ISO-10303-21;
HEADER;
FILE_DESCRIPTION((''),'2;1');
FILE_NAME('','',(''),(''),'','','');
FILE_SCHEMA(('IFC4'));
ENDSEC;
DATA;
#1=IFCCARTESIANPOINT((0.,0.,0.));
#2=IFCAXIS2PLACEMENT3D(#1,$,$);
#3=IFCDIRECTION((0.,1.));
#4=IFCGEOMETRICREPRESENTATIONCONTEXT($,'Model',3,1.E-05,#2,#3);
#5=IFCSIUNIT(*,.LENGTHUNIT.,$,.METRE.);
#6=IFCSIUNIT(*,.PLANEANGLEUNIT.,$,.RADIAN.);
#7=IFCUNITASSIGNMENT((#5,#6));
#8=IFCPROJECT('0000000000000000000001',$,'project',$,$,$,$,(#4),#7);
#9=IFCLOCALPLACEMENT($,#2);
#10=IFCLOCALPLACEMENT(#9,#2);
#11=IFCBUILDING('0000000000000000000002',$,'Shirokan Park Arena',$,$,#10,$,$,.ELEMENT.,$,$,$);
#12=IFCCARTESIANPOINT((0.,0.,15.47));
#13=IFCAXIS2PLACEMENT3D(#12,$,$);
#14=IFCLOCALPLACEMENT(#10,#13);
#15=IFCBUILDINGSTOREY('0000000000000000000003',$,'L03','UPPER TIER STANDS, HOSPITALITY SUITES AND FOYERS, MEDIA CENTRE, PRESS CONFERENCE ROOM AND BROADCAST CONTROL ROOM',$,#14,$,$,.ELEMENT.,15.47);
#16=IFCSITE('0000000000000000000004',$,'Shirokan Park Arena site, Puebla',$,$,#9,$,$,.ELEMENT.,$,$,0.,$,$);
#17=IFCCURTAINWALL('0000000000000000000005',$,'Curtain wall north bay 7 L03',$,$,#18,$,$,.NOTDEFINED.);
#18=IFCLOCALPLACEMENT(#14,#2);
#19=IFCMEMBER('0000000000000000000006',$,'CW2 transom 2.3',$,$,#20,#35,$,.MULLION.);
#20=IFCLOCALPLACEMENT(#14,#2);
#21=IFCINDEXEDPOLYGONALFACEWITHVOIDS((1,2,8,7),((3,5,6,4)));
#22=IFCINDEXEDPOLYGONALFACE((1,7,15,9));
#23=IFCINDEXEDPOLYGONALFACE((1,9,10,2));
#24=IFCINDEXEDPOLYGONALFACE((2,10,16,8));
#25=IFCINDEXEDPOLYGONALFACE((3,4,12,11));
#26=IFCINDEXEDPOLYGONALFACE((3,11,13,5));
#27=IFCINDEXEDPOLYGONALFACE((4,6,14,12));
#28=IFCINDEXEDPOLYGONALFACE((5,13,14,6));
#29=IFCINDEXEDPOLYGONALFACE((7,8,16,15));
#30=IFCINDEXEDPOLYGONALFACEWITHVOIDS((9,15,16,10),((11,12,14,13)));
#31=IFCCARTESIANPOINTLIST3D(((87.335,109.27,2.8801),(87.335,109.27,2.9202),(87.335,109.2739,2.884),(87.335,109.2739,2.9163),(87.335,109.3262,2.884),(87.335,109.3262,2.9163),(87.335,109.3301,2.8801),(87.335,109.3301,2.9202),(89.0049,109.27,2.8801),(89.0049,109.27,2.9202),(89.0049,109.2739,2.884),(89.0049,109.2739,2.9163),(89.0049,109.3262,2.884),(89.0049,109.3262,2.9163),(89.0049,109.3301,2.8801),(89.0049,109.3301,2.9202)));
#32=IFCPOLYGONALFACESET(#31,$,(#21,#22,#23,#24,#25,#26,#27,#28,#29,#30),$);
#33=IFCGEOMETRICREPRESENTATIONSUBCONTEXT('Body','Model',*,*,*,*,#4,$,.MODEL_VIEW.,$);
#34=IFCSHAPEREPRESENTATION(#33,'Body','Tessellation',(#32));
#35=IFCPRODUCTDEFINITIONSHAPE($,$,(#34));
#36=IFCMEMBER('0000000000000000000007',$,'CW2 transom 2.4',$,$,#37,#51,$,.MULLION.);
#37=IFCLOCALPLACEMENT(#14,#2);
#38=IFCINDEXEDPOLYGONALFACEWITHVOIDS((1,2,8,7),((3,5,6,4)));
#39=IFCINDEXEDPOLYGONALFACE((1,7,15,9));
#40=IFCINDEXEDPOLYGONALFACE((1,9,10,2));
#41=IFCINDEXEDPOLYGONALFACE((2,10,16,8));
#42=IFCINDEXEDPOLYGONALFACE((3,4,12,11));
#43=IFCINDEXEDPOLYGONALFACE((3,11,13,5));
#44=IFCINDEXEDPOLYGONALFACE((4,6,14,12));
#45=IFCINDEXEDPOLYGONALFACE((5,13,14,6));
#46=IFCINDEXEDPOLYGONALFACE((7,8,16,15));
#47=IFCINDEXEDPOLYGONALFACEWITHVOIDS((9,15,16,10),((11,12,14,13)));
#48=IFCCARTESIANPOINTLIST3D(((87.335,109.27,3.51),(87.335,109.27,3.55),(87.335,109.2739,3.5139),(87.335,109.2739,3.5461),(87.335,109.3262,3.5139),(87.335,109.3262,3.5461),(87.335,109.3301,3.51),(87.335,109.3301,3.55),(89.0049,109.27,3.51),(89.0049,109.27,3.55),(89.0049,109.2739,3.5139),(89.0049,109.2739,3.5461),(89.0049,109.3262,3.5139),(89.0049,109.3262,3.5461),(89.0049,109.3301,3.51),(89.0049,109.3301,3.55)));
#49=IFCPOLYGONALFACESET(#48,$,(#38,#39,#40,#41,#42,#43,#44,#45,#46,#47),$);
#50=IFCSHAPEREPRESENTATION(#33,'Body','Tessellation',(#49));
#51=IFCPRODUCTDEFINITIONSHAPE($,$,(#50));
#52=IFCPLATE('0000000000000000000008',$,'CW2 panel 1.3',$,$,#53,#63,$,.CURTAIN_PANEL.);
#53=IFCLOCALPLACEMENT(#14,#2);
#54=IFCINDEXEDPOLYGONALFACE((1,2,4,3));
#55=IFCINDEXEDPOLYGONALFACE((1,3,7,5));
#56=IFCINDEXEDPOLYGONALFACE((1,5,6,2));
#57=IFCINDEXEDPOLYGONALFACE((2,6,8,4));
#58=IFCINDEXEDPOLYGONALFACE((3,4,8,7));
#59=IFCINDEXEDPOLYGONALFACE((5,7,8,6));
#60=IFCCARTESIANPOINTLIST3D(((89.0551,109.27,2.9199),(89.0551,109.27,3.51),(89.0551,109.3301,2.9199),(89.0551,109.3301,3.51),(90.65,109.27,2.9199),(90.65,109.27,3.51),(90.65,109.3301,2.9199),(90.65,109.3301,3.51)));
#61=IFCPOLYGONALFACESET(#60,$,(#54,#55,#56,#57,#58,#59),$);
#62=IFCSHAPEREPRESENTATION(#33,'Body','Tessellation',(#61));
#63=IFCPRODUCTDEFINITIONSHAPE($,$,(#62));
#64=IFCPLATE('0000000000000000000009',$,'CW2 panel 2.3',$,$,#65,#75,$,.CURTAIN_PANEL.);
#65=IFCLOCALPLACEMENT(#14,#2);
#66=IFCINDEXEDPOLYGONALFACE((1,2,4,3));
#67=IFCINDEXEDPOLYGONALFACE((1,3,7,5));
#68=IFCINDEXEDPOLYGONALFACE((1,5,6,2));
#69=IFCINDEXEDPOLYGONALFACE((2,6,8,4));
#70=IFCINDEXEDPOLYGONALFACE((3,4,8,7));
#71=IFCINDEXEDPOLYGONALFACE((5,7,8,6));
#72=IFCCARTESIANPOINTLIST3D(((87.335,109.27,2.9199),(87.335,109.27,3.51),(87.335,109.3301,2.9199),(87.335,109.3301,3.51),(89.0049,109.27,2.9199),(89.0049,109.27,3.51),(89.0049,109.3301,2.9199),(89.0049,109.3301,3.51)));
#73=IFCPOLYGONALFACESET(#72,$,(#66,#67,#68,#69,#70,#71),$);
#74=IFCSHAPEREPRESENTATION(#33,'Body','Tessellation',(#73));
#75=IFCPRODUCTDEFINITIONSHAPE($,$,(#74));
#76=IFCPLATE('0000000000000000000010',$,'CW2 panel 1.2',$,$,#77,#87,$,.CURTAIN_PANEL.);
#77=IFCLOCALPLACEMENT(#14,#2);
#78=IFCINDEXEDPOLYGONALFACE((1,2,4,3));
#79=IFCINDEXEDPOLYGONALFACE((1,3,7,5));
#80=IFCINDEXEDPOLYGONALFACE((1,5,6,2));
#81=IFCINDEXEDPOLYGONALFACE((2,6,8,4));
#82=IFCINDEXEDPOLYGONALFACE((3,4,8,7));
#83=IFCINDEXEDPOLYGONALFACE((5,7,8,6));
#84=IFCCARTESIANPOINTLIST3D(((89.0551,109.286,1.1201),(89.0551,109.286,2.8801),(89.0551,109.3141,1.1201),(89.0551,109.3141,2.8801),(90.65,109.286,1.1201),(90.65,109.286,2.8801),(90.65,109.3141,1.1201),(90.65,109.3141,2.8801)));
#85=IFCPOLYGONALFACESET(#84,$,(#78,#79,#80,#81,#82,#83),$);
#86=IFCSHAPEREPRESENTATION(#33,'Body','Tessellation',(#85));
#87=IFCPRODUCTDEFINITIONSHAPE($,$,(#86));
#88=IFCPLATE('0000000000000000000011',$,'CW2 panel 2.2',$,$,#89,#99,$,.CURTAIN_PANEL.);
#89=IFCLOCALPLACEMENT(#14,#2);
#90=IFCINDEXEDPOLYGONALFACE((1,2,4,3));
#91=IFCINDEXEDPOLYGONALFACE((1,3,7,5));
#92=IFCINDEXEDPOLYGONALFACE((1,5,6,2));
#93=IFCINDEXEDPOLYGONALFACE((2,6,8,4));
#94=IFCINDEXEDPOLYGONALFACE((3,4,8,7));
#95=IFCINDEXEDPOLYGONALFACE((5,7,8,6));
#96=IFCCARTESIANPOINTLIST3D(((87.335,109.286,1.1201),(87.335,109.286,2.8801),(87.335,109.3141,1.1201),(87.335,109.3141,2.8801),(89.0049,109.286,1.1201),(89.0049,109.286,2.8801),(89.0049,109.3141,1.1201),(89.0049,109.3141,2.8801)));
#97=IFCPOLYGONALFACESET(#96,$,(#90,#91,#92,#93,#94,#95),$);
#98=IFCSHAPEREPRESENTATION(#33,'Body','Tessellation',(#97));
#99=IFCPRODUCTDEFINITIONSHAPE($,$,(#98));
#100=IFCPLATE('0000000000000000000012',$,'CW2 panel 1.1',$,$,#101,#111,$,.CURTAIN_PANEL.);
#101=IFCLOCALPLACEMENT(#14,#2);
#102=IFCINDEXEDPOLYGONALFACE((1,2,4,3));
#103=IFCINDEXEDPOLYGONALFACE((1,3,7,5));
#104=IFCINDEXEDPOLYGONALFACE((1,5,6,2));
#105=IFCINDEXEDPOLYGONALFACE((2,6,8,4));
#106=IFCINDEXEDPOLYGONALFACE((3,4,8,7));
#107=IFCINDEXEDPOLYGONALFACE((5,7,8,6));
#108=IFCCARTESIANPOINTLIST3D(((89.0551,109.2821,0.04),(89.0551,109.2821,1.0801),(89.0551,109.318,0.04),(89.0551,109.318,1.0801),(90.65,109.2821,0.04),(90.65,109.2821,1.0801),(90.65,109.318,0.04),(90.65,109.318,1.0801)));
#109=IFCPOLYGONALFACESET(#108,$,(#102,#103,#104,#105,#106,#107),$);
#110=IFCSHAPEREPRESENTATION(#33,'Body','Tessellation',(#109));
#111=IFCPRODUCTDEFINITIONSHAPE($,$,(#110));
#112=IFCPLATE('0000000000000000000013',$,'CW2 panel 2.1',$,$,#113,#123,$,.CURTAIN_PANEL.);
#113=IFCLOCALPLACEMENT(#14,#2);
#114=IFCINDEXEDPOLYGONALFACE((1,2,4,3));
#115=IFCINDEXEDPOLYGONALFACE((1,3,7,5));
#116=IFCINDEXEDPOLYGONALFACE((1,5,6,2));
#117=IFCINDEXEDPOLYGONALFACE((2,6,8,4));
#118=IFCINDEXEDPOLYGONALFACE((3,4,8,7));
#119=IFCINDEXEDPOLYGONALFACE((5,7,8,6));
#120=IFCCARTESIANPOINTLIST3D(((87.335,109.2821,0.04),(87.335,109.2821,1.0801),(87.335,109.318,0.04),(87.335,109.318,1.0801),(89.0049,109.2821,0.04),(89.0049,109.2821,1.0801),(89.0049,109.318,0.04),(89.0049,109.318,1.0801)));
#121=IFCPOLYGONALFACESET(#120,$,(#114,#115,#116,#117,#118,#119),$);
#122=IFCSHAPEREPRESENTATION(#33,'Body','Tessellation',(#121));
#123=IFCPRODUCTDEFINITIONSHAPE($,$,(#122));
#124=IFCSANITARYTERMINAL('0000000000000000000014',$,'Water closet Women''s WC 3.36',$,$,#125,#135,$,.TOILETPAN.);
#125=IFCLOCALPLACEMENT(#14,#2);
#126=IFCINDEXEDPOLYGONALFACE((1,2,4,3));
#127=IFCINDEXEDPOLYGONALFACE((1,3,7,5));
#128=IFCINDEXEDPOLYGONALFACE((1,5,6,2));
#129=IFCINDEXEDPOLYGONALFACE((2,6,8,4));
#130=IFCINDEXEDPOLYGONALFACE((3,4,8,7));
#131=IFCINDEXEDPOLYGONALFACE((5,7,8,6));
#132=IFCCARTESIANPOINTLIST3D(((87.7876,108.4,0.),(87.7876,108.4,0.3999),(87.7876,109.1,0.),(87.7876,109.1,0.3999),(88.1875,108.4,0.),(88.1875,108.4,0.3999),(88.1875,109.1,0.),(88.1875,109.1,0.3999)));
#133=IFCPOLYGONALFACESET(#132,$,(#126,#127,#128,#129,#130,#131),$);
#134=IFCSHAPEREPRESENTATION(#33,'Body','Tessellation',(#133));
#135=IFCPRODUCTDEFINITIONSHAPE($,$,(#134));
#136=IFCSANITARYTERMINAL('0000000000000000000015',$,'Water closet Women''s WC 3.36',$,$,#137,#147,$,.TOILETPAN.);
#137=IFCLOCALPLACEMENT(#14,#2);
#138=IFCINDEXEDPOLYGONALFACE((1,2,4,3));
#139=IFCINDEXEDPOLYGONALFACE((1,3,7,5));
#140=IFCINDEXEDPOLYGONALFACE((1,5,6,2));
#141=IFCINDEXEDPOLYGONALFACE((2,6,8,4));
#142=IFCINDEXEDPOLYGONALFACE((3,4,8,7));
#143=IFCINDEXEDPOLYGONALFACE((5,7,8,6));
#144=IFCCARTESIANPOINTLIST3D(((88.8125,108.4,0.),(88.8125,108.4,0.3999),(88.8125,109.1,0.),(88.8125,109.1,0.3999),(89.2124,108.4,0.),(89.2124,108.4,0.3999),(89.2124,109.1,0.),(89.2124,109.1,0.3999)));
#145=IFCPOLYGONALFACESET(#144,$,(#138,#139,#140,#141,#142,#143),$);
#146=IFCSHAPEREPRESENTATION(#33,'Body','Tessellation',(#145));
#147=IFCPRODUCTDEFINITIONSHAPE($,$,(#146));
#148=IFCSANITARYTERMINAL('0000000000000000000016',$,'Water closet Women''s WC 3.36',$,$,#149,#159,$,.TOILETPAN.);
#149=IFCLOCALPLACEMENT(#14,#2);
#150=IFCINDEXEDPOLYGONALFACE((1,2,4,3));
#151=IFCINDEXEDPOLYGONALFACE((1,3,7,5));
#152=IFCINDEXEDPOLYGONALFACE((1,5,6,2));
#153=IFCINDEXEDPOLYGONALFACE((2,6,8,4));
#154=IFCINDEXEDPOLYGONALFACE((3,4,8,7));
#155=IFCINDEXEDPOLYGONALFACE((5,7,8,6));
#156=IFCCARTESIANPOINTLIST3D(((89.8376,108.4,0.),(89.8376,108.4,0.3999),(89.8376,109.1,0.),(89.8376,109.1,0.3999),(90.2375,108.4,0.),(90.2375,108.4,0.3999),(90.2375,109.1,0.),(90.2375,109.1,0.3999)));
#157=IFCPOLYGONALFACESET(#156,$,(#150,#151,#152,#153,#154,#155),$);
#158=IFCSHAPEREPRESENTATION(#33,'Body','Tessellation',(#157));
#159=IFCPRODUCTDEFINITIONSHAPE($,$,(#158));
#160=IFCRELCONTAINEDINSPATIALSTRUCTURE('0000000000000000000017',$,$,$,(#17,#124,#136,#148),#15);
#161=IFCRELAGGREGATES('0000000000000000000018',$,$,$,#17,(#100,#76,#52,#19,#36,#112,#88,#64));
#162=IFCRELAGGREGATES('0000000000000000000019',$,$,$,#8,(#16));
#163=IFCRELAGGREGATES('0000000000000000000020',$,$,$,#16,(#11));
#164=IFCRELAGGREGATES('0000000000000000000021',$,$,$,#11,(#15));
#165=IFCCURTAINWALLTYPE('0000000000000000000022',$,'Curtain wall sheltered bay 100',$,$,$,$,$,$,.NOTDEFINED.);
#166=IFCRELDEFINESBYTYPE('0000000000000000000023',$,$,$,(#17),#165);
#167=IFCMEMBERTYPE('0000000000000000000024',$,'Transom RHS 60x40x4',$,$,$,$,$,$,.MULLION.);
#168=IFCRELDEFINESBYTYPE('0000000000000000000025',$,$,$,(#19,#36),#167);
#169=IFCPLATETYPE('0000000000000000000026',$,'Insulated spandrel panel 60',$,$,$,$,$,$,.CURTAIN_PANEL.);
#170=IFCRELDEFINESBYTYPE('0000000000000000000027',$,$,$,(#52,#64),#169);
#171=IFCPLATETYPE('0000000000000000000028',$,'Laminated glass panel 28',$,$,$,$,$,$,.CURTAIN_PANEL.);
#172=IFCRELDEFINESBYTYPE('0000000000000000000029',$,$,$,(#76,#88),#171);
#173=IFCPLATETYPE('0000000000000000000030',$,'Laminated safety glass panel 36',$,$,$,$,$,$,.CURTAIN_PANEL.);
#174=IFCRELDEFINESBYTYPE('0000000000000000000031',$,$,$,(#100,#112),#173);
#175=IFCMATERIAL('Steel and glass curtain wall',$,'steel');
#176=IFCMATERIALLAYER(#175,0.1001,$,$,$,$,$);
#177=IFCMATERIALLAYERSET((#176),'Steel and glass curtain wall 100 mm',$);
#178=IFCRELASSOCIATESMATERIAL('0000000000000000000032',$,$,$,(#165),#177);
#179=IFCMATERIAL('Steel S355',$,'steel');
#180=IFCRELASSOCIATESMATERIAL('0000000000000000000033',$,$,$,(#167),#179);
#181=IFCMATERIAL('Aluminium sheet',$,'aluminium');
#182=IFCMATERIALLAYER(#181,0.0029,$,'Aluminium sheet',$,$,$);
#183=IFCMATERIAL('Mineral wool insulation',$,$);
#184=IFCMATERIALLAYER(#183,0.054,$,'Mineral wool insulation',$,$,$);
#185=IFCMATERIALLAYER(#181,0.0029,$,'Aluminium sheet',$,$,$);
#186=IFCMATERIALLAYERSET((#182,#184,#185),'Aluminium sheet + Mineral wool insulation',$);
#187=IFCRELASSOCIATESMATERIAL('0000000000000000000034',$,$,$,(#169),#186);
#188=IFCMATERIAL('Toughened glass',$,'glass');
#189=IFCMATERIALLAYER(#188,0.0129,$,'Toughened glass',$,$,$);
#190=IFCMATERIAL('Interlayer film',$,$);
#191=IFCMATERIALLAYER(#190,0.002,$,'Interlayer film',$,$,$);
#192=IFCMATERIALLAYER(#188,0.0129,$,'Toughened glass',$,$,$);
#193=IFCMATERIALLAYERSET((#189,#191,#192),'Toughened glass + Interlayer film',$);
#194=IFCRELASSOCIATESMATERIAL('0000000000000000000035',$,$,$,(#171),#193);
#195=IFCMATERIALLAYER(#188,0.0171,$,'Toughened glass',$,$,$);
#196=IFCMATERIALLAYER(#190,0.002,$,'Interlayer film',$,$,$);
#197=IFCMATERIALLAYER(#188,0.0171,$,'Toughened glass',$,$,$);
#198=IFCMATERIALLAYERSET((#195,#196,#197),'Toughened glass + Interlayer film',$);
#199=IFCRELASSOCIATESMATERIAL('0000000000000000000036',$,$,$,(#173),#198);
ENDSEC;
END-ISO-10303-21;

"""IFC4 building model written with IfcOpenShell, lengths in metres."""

from ifc_helpers import new_model, si_unit, direction, frame, origin, origin_2d, place, context, subcontext, project, spatial, rectangle, hollow_rectangle, extrude, material, layer, layer_set, material_profile, profile_set, type_object, element, aggregate, save


model = new_model("IFC4")

# Units and contexts
model_context = context("Model", 3, precision=1e-05, world=origin(), true_north=direction((0.0, 1.0)))
body_context = subcontext(model_context, "Body", "Model", "MODEL_VIEW")
ifc_project = project(units=[si_unit("LENGTHUNIT", "METRE"), si_unit("PLANEANGLEUNIT", "RADIAN")], contexts=[model_context])

# Site, building, storey
site_placement = place(None, origin())
site = spatial("IfcSite", under=ifc_project, at=site_placement, Name="Shirokan Park Arena site, Puebla", CompositionType="ELEMENT", RefElevation=0.0)
building_placement = place(site_placement, origin())
building = spatial("IfcBuilding", under=site, at=building_placement, Name="Shirokan Park Arena", CompositionType="ELEMENT")
storey_placement = place(building_placement, frame((0.0, 0.0, 15.47)))
storey = spatial("IfcBuildingStorey", under=building, at=storey_placement, Name="L03", Description="UPPER TIER STANDS, HOSPITALITY SUITES AND FOYERS, MEDIA CENTRE, PRESS CONFERENCE ROOM AND BROADCAST CONTROL ROOM", CompositionType="ELEMENT", Elevation=15.47)

# Curtain wall
ifc_material_1 = material(Name="Steel and glass curtain wall", Category="steel")
ifc_layer_1 = layer(ifc_material_1, 0.1001)
ifc_layer_set_1 = layer_set([ifc_layer_1], Name="Steel and glass curtain wall 100 mm")
curtain_wall_type = type_object("IfcCurtainWallType", Name="Curtain wall sheltered bay 100", PredefinedType="NOTDEFINED", material=ifc_layer_set_1)
curtain_wall_placement = place(storey_placement, origin())
curtain_wall = element("IfcCurtainWall", 1, at=curtain_wall_placement, inside=storey, type_object=curtain_wall_type, Name="Curtain wall north bay 7 L03", PredefinedType="NOTDEFINED")
ifc_material_2 = material(Name="Steel S355", Category="steel")

# Members
ifc_material_profile_1 = material_profile(ifc_material_2, hollow_rectangle(XDim=0.0601, YDim=0.04, WallThickness=0.0039, at=origin_2d()), Name="RHS 60x40x4")
ifc_profile_set_1 = profile_set([ifc_material_profile_1], Name="Steel S355")
member_type_1 = type_object("IfcMemberType", Name="Transom RHS 60x40x4", PredefinedType="MULLION", material=ifc_profile_set_1)
member_1_placement = place(storey_placement, frame((89.0049, 109.3, 2.9001), z_axis=(-1.0, 0.0, 0.0), x_axis=(0.0, -1.0, 0.0)))
member_1 = element("IfcMember", 2, at=member_1_placement, type_object=member_type_1, Name="CW2 transom 2.3", PredefinedType="MULLION", context=body_context, shape_type="SweptSolid", body=[
    extrude(hollow_rectangle(XDim=0.0601, YDim=0.04, WallThickness=0.0039, at=origin_2d()), origin(), (0.0, 0.0, 1.0), 1.6699),
])
member_2_placement = place(storey_placement, frame((89.0049, 109.3, 3.53), z_axis=(-1.0, 0.0, 0.0), x_axis=(0.0, -1.0, 0.0)))
member_2 = element("IfcMember", 3, at=member_2_placement, type_object=member_type_1, Name="CW2 transom 2.4", PredefinedType="MULLION", context=body_context, shape_type="SweptSolid", body=[
    extrude(hollow_rectangle(XDim=0.0601, YDim=0.04, WallThickness=0.0039, at=origin_2d()), origin(), (0.0, 0.0, 1.0), 1.6699),
])

# Plates
ifc_material_3 = material(Name="Aluminium sheet", Category="aluminium")
ifc_layer_2 = layer(ifc_material_3, 0.0029, Name="Aluminium sheet")
ifc_material_4 = material(Name="Mineral wool insulation")
ifc_layer_3 = layer(ifc_material_4, 0.054, Name="Mineral wool insulation")
ifc_layer_4 = layer(ifc_material_3, 0.0029, Name="Aluminium sheet")
ifc_layer_set_2 = layer_set([ifc_layer_2, ifc_layer_3, ifc_layer_4], Name="Aluminium sheet + Mineral wool insulation")
plate_type_1 = type_object("IfcPlateType", Name="Insulated spandrel panel 60", PredefinedType="CURTAIN_PANEL", material=ifc_layer_set_2)
plate_1_placement = place(storey_placement, frame((89.8525, 109.3, 2.9199), z_axis=(0.0, 0.0, 1.0), x_axis=(-1.0, 0.0, 0.0)))
plate_1 = element("IfcPlate", 4, at=plate_1_placement, type_object=plate_type_1, Name="CW2 panel 1.3", PredefinedType="CURTAIN_PANEL", context=body_context, shape_type="SweptSolid", body=[
    extrude(rectangle(XDim=1.595, YDim=0.0601, at=origin_2d()), origin(), (0.0, 0.0, 1.0), 0.5901),
])
plate_2_placement = place(storey_placement, frame((88.1699, 109.3, 2.9199), z_axis=(0.0, 0.0, 1.0), x_axis=(-1.0, 0.0, 0.0)))
plate_2 = element("IfcPlate", 5, at=plate_2_placement, type_object=plate_type_1, Name="CW2 panel 2.3", PredefinedType="CURTAIN_PANEL", context=body_context, shape_type="SweptSolid", body=[
    extrude(rectangle(XDim=1.6699, YDim=0.0601, at=origin_2d()), origin(), (0.0, 0.0, 1.0), 0.5901),
])
ifc_material_5 = material(Name="Toughened glass", Category="glass")
ifc_layer_5 = layer(ifc_material_5, 0.0129, Name="Toughened glass")
ifc_material_6 = material(Name="Interlayer film")
ifc_layer_6 = layer(ifc_material_6, 0.002, Name="Interlayer film")
ifc_layer_7 = layer(ifc_material_5, 0.0129, Name="Toughened glass")
ifc_layer_set_3 = layer_set([ifc_layer_5, ifc_layer_6, ifc_layer_7], Name="Toughened glass + Interlayer film")
plate_type_2 = type_object("IfcPlateType", Name="Laminated glass panel 28", PredefinedType="CURTAIN_PANEL", material=ifc_layer_set_3)
plate_3_placement = place(storey_placement, frame((89.8525, 109.3, 1.1201), z_axis=(0.0, 0.0, 1.0), x_axis=(-1.0, 0.0, 0.0)))
plate_3 = element("IfcPlate", 6, at=plate_3_placement, type_object=plate_type_2, Name="CW2 panel 1.2", PredefinedType="CURTAIN_PANEL", context=body_context, shape_type="SweptSolid", body=[
    extrude(rectangle(XDim=1.595, YDim=0.0281, at=origin_2d()), origin(), (0.0, 0.0, 1.0), 1.76),
])
plate_4_placement = place(storey_placement, frame((88.1699, 109.3, 1.1201), z_axis=(0.0, 0.0, 1.0), x_axis=(-1.0, 0.0, 0.0)))
plate_4 = element("IfcPlate", 7, at=plate_4_placement, type_object=plate_type_2, Name="CW2 panel 2.2", PredefinedType="CURTAIN_PANEL", context=body_context, shape_type="SweptSolid", body=[
    extrude(rectangle(XDim=1.6699, YDim=0.0281, at=origin_2d()), origin(), (0.0, 0.0, 1.0), 1.76),
])
ifc_layer_8 = layer(ifc_material_5, 0.0171, Name="Toughened glass")
ifc_layer_9 = layer(ifc_material_6, 0.002, Name="Interlayer film")
ifc_layer_10 = layer(ifc_material_5, 0.0171, Name="Toughened glass")
ifc_layer_set_4 = layer_set([ifc_layer_8, ifc_layer_9, ifc_layer_10], Name="Toughened glass + Interlayer film")
plate_type_3 = type_object("IfcPlateType", Name="Laminated safety glass panel 36", PredefinedType="CURTAIN_PANEL", material=ifc_layer_set_4)
plate_5_placement = place(storey_placement, frame((89.8525, 109.3, 0.04), z_axis=(0.0, 0.0, 1.0), x_axis=(-1.0, 0.0, 0.0)))
plate_5 = element("IfcPlate", 8, at=plate_5_placement, type_object=plate_type_3, Name="CW2 panel 1.1", PredefinedType="CURTAIN_PANEL", context=body_context, shape_type="SweptSolid", body=[
    extrude(rectangle(XDim=1.595, YDim=0.0359, at=origin_2d()), origin(), (0.0, 0.0, 1.0), 1.04),
])
plate_6_placement = place(storey_placement, frame((88.1699, 109.3, 0.04), z_axis=(0.0, 0.0, 1.0), x_axis=(-1.0, 0.0, 0.0)))
plate_6 = element("IfcPlate", 9, at=plate_6_placement, type_object=plate_type_3, Name="CW2 panel 2.1", PredefinedType="CURTAIN_PANEL", context=body_context, shape_type="SweptSolid", body=[
    extrude(rectangle(XDim=1.6699, YDim=0.0359, at=origin_2d()), origin(), (0.0, 0.0, 1.0), 1.04),
])
aggregate(curtain_wall, [plate_5, plate_3, plate_1, member_1, member_2, plate_6, plate_4, plate_2])

# Sanitary terminals
for number, where, z_axis, x_axis, name in (
    (10, (87.9875, 108.75, 0.0), (0.0, 0.0, 1.0), (1.0, 0.0, 0.0), "Water closet Women's WC 3.36"),
    (11, (89.0125, 108.75, 0.0), (0.0, 0.0, 1.0), (1.0, 0.0, 0.0), "Water closet Women's WC 3.36"),
    (12, (90.0376, 108.75, 0.0), (0.0, 0.0, 1.0), (1.0, 0.0, 0.0), "Water closet Women's WC 3.36"),
):
    element("IfcSanitaryTerminal", number, at=place(storey_placement, frame(where, z_axis=z_axis, x_axis=x_axis)), inside=storey, Name=name, PredefinedType="TOILETPAN", context=body_context, shape_type="SweptSolid", body=[
        extrude(rectangle(XDim=0.3999, YDim=0.7, at=origin_2d()), origin(), (0.0, 0.0, 1.0), 0.3999),
    ])

save(model, "model.ifc")
